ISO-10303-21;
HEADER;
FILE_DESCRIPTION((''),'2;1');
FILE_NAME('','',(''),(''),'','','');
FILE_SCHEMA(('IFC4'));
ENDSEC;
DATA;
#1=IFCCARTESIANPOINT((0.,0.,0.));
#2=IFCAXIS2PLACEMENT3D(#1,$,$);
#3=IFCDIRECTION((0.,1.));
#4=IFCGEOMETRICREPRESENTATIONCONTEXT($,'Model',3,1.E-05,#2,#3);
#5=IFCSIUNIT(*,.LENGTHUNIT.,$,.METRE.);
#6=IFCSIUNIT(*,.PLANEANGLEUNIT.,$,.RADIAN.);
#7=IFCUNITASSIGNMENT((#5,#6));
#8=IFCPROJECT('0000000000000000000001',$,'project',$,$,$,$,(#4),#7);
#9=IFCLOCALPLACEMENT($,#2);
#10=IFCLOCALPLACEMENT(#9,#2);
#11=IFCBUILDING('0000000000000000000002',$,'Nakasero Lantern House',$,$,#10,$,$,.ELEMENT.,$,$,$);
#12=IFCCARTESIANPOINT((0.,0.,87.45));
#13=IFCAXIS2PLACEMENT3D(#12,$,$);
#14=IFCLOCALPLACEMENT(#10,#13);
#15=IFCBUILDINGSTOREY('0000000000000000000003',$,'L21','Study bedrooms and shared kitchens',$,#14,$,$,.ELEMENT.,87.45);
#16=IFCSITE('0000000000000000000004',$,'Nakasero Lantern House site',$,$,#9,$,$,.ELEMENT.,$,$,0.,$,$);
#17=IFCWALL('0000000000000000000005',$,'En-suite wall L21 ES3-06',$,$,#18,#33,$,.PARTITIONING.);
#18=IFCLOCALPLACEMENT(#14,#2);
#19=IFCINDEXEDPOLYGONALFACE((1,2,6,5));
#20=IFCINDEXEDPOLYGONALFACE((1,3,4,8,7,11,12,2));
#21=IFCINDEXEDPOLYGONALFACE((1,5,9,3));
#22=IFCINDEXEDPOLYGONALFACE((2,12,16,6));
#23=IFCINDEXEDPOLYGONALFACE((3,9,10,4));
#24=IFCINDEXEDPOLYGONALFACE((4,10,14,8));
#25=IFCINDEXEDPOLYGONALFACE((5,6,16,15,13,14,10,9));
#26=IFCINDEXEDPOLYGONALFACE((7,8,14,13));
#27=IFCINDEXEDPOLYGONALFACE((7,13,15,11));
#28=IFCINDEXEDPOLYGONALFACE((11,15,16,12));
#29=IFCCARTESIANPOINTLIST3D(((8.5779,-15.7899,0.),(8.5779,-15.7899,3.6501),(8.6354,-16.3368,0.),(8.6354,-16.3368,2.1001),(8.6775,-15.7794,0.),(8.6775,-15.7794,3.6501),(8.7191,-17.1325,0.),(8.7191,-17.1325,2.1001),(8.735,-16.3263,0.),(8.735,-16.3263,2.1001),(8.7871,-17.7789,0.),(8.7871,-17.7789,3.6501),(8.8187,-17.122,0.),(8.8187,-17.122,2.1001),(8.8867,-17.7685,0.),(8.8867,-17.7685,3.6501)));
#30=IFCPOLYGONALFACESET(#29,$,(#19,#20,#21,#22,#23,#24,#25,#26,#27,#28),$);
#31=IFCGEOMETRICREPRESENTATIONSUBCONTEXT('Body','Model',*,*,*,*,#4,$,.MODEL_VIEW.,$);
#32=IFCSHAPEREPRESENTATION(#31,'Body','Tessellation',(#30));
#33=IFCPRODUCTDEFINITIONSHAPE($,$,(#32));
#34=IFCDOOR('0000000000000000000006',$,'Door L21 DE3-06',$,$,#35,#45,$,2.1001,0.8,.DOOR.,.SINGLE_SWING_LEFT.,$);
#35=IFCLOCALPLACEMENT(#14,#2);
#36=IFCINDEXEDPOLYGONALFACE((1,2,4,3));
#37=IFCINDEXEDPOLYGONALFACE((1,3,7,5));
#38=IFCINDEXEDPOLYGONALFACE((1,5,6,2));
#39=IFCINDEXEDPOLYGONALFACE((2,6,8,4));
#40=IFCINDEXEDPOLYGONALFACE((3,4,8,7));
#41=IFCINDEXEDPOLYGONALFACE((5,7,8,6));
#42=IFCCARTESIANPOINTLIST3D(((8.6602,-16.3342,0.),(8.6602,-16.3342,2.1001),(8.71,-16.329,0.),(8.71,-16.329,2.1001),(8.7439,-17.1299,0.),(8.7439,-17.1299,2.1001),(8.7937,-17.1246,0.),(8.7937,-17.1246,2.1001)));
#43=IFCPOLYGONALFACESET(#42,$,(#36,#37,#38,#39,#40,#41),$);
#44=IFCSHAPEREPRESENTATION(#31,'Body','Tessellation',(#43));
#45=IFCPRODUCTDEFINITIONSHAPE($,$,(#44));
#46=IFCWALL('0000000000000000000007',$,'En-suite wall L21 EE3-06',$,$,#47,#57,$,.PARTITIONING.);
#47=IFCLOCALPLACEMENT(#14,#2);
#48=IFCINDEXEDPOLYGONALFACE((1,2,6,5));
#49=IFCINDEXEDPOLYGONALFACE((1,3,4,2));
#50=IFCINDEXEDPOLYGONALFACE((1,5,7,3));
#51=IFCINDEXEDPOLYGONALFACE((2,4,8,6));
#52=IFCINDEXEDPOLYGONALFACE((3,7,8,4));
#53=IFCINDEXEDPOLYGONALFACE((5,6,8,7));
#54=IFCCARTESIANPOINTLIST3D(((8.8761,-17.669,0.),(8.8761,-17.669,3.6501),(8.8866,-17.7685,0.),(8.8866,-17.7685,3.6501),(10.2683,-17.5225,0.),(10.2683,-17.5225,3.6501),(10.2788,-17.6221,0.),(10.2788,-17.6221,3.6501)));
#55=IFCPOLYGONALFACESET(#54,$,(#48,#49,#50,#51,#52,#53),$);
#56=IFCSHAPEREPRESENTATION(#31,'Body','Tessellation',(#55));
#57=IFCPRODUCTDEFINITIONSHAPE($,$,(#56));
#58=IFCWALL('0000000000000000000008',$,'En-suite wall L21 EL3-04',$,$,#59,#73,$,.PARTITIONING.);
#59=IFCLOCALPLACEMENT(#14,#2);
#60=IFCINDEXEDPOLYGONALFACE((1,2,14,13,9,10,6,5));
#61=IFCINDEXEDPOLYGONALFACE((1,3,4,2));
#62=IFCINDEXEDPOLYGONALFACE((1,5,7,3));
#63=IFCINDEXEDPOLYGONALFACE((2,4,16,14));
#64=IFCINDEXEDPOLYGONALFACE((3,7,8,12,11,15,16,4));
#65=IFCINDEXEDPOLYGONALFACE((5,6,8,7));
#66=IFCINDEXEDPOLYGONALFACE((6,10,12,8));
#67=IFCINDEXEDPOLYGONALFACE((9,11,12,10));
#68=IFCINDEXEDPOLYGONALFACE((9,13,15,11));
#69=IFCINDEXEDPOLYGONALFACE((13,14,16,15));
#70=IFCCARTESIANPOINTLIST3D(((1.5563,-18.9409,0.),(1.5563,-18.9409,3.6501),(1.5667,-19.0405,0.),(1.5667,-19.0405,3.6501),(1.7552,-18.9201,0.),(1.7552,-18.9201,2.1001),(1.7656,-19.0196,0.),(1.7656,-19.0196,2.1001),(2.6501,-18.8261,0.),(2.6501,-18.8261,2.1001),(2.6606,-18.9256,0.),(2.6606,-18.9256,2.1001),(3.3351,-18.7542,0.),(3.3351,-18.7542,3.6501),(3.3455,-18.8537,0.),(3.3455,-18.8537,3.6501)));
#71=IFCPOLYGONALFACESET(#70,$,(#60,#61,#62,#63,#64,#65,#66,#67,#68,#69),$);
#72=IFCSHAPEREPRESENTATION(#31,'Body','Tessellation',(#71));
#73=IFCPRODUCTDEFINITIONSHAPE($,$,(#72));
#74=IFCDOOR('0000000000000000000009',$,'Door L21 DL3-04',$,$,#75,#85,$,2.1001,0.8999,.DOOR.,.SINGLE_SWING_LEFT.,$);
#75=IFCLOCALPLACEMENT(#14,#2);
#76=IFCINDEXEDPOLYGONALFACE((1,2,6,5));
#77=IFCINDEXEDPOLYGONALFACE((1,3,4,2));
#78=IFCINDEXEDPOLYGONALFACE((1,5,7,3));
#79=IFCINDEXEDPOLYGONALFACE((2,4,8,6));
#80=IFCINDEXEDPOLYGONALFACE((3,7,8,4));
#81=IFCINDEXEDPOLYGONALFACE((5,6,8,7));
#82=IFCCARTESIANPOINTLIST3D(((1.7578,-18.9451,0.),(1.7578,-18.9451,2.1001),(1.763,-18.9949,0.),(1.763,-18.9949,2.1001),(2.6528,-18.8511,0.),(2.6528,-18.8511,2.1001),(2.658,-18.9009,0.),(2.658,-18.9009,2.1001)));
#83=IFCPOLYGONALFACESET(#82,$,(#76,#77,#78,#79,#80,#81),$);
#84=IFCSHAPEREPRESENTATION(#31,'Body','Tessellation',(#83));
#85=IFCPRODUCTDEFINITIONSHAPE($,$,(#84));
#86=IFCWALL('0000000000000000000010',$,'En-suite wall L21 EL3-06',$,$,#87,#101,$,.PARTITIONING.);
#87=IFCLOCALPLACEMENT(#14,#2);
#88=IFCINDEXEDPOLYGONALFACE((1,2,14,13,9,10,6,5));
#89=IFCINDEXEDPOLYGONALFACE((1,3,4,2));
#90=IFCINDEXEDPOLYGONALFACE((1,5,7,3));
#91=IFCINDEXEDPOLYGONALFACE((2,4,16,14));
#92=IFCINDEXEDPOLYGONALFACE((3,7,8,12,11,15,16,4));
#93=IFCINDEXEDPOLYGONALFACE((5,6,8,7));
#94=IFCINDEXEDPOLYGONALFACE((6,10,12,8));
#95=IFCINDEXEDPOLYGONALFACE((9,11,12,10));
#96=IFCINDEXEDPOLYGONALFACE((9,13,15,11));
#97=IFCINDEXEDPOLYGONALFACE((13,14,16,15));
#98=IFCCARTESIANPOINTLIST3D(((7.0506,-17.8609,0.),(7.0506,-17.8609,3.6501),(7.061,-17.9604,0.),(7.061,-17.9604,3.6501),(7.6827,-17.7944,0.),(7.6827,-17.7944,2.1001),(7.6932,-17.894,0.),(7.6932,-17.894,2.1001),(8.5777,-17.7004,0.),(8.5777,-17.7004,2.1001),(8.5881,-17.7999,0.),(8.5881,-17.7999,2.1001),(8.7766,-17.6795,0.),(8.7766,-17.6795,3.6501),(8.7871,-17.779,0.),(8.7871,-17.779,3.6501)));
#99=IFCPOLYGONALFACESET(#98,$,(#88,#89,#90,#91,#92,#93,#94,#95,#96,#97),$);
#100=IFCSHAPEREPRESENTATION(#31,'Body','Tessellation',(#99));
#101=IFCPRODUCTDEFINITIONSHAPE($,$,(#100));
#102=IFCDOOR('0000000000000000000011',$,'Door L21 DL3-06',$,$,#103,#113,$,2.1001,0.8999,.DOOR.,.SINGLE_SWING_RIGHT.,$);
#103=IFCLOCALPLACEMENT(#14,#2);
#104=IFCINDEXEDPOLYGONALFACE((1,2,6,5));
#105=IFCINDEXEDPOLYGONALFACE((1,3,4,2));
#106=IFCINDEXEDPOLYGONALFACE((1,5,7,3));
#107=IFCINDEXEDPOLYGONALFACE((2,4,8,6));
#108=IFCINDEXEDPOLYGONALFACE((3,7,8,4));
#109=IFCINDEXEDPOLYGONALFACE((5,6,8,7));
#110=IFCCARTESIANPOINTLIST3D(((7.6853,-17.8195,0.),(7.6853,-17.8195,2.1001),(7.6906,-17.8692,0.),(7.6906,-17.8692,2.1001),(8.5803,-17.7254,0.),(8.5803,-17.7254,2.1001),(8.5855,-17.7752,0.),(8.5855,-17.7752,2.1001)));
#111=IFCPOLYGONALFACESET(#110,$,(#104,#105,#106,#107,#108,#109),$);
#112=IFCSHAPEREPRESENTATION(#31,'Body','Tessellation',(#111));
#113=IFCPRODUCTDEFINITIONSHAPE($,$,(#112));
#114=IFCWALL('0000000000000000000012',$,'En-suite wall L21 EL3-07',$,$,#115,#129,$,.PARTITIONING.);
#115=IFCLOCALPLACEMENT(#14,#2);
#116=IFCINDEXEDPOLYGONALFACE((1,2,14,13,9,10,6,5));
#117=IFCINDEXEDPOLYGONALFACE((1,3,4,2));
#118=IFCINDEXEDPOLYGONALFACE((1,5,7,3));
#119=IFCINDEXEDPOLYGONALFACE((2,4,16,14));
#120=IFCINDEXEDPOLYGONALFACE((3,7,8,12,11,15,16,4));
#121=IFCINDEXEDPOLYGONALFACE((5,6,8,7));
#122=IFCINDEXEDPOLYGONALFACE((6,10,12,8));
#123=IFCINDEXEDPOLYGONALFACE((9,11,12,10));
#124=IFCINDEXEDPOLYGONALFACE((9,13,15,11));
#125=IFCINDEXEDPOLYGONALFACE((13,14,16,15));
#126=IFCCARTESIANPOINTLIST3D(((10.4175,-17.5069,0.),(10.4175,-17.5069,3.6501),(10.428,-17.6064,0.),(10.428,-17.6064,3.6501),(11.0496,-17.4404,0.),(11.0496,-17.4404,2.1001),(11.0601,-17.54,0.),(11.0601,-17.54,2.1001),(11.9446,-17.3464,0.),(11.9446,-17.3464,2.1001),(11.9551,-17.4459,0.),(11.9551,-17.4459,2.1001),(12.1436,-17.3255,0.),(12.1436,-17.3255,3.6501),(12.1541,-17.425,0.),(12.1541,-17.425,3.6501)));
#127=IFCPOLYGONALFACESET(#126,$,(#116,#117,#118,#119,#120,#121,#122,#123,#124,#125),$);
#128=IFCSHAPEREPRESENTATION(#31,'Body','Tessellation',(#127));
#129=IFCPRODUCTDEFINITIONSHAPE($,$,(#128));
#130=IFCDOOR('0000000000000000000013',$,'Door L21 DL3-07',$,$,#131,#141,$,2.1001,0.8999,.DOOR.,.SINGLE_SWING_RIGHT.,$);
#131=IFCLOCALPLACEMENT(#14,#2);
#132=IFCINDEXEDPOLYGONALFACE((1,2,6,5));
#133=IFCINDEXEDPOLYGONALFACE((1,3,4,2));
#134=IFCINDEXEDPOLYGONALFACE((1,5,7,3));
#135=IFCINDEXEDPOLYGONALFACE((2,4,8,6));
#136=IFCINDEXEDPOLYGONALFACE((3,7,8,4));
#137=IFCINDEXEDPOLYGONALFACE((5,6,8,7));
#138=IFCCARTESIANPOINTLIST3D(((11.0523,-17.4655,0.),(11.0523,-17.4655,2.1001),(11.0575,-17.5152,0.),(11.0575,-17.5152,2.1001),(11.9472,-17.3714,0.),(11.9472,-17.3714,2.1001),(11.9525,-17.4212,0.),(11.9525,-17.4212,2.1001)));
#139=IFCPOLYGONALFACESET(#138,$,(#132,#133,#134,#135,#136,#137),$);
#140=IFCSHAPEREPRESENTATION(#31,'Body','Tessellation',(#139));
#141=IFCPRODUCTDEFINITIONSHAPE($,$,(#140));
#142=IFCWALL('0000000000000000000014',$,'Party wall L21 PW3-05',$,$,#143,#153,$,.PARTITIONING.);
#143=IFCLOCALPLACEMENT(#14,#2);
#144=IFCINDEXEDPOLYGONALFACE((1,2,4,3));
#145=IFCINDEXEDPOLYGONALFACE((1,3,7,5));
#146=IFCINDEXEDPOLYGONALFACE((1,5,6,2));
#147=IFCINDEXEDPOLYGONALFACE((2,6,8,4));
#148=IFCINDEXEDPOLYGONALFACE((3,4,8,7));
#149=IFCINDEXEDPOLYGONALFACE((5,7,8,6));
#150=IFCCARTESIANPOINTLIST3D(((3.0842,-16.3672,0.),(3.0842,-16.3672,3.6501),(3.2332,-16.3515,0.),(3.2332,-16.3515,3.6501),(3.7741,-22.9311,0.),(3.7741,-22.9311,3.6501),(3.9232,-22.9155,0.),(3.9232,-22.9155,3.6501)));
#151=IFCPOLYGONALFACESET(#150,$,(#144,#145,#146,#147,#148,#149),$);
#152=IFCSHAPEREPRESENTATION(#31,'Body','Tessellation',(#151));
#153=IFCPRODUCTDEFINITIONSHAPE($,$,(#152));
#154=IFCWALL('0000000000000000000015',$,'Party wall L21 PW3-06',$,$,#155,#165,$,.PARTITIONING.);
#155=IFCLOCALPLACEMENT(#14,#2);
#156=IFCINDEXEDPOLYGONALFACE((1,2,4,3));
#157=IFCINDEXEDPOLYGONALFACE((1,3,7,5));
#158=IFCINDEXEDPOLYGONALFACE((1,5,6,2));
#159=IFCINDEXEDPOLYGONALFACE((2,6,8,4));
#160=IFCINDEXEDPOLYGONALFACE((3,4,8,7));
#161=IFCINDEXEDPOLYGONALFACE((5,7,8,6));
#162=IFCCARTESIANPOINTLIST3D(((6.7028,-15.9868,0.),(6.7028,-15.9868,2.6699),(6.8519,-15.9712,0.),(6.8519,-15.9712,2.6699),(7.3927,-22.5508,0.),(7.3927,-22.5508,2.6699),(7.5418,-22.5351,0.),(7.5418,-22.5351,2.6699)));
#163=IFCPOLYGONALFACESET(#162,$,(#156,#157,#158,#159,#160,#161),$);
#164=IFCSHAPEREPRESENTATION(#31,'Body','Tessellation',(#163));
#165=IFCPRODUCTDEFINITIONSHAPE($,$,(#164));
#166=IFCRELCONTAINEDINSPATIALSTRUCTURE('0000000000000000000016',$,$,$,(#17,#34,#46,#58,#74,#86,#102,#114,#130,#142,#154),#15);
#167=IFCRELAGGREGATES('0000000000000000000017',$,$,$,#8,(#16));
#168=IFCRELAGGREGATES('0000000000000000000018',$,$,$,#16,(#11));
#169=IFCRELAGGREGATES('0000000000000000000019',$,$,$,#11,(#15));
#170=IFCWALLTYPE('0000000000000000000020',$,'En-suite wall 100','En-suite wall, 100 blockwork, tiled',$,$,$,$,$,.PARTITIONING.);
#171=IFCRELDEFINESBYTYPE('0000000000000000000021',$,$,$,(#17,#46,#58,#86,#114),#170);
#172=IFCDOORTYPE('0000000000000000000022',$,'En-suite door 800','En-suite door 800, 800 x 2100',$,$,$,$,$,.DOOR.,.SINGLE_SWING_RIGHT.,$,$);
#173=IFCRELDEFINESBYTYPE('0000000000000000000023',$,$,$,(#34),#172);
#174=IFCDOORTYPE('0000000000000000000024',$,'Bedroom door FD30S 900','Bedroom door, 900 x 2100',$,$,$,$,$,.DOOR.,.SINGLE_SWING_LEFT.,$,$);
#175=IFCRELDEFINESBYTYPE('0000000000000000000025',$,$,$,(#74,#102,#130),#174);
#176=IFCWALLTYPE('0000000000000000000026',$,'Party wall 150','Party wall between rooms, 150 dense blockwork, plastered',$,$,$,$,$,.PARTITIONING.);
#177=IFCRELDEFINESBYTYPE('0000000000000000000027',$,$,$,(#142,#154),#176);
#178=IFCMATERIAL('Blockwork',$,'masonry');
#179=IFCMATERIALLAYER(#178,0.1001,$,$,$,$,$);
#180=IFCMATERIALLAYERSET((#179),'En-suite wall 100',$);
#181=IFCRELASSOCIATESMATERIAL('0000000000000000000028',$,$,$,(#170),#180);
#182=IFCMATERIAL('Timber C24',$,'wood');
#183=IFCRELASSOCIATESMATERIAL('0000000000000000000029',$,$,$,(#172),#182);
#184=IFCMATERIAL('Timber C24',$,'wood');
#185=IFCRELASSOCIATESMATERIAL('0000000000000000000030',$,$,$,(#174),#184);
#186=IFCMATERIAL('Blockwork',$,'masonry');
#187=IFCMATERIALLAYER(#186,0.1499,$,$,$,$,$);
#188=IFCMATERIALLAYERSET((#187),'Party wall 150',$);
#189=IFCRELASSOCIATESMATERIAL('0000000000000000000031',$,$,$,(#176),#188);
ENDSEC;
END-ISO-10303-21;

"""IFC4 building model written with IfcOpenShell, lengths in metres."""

from ifc_helpers import new_model, si_unit, direction, frame, frame_2d, origin, place, context, subcontext, project, spatial, rectangle, extrude, material, layer, layer_set, type_object, element, fill, save


model = new_model("IFC4")

# Units and contexts
model_context = context("Model", 3, precision=1e-05, world=origin(), true_north=direction((0.0, 1.0)))
body_context = subcontext(model_context, "Body", "Model", "MODEL_VIEW")
ifc_project = project(units=[si_unit("LENGTHUNIT", "METRE"), si_unit("PLANEANGLEUNIT", "RADIAN")], contexts=[model_context])

# Site, building, storey
site_placement = place(None, origin())
site = spatial("IfcSite", under=ifc_project, at=site_placement, Name="Nakasero Lantern House site", CompositionType="ELEMENT", RefElevation=0.0)
building_placement = place(site_placement, origin())
building = spatial("IfcBuilding", under=site, at=building_placement, Name="Nakasero Lantern House", CompositionType="ELEMENT")
storey_placement = place(building_placement, frame((0.0, 0.0, 87.45)))
storey = spatial("IfcBuildingStorey", under=building, at=storey_placement, Name="L21", Description="Study bedrooms and shared kitchens", CompositionType="ELEMENT", Elevation=87.45)

# Shared definitions
ifc_material_1 = material(Name="Blockwork", Category="masonry")
ifc_layer_1 = layer(ifc_material_1, 0.1001)
ifc_layer_set_1 = layer_set([ifc_layer_1], Name="En-suite wall 100")
wall_type_1 = type_object("IfcWallType", Name="En-suite wall 100", Description="En-suite wall, 100 blockwork, tiled", PredefinedType="PARTITIONING", material=ifc_layer_set_1)
ifc_material_2 = material(Name="Timber C24", Category="wood")
door_type_1 = type_object("IfcDoorType", Name="En-suite door 800", Description="En-suite door 800, 800 x 2100", OperationType="SINGLE_SWING_RIGHT", PredefinedType="DOOR", material=ifc_material_2)

# Wall, opening, door
wall_1_placement = place(storey_placement, frame((8.6277, -15.7847, 0.0), z_axis=(0.0, 0.0, 1.0), x_axis=(0.104615, -0.994513, 0.0)))
wall_1 = element("IfcWall", 1, at=wall_1_placement, inside=storey, type_object=wall_type_1, Name="En-suite wall L21 ES3-06", PredefinedType="PARTITIONING", context=body_context, shape_type="SweptSolid", body=[
    extrude(rectangle(XDim=2.0, YDim=0.1001, at=frame_2d((1.0, 0.0))), origin(), (0.0, 0.0, 1.0), 3.6501),
])
opening_1_placement = place(wall_1_placement, frame((0.55, 0.0, 0.0)))
opening_1 = element("IfcOpeningElement", 2, at=opening_1_placement, cuts=wall_1, PredefinedType="OPENING", context=body_context, shape_type="SweptSolid", body=[
    extrude(rectangle(XDim=0.8, YDim=2.1001, at=frame_2d((0.3999, 1.05))), frame((0.0, 0.0701, 0.0), z_axis=(0.0, -1.0, 0.0), x_axis=(1.0, 0.0, 0.0)), (0.0, 0.0, 1.0), 0.1401),
])
door_1_placement = place(opening_1_placement, origin())
door_1 = element("IfcDoor", 3, at=door_1_placement, inside=storey, type_object=door_type_1, Name="Door L21 DE3-06", OperationType="SINGLE_SWING_LEFT", OverallHeight=2.1001, OverallWidth=0.8, PredefinedType="DOOR", context=body_context, shape_type="SweptSolid", body=[
    extrude(rectangle(XDim=0.8, YDim=2.1001, at=frame_2d((0.3999, 1.05))), frame((0.0, 0.0249, 0.0), z_axis=(0.0, -1.0, 0.0), x_axis=(1.0, 0.0, 0.0)), (0.0, 0.0, 1.0), 0.05),
])
fill(opening_1, door_1)

# Wall
wall_2_placement = place(storey_placement, frame((8.8813, -17.7188, 0.0), z_axis=(0.0, 0.0, 1.0), x_axis=(0.994511, 0.10463, 0.0)))
element("IfcWall", 4, at=wall_2_placement, inside=storey, type_object=wall_type_1, Name="En-suite wall L21 EE3-06", PredefinedType="PARTITIONING", context=body_context, shape_type="SweptSolid", body=[
    extrude(rectangle(XDim=1.3999, YDim=0.1001, at=frame_2d((0.7, 0.0))), origin(), (0.0, 0.0, 1.0), 3.6501),
])

# Walls, openings, doors
wall_3_placement = place(storey_placement, frame((1.5615, -18.9907, 0.0), z_axis=(0.0, 0.0, 1.0), x_axis=(0.994533, 0.104422, 0.0)))
wall_3 = element("IfcWall", 5, at=wall_3_placement, inside=storey, type_object=wall_type_1, Name="En-suite wall L21 EL3-04", PredefinedType="PARTITIONING", context=body_context, shape_type="SweptSolid", body=[
    extrude(rectangle(XDim=1.7886, YDim=0.1001, at=frame_2d((0.8943, 0.0))), origin(), (0.0, 0.0, 1.0), 3.6501),
])
opening_2_placement = place(wall_3_placement, frame((0.2, 0.0, 0.0)))
opening_2 = element("IfcOpeningElement", 6, at=opening_2_placement, cuts=wall_3, PredefinedType="OPENING", context=body_context, shape_type="SweptSolid", body=[
    extrude(rectangle(XDim=0.8999, YDim=2.1001, at=frame_2d((0.45, 1.05))), frame((0.0, 0.0701, 0.0), z_axis=(0.0, -1.0, 0.0), x_axis=(1.0, 0.0, 0.0)), (0.0, 0.0, 1.0), 0.1401),
])
ifc_material_3 = material(Name="Timber C24", Category="wood")
door_type_2 = type_object("IfcDoorType", Name="Bedroom door FD30S 900", Description="Bedroom door, 900 x 2100", OperationType="SINGLE_SWING_LEFT", PredefinedType="DOOR", material=ifc_material_3)
door_2_placement = place(opening_2_placement, origin())
door_2 = element("IfcDoor", 7, at=door_2_placement, inside=storey, type_object=door_type_2, Name="Door L21 DL3-04", OperationType="SINGLE_SWING_LEFT", OverallHeight=2.1001, OverallWidth=0.8999, PredefinedType="DOOR", context=body_context, shape_type="SweptSolid", body=[
    extrude(rectangle(XDim=0.8999, YDim=2.1001, at=frame_2d((0.45, 1.05))), frame((0.0, 0.0249, 0.0), z_axis=(0.0, -1.0, 0.0), x_axis=(1.0, 0.0, 0.0)), (0.0, 0.0, 1.0), 0.05),
])
fill(opening_2, door_2)
wall_4_placement = place(storey_placement, frame((7.0559, -17.9106, 0.0), z_axis=(0.0, 0.0, 1.0), x_axis=(0.994523, 0.104516, 0.0)))
wall_4 = element("IfcWall", 8, at=wall_4_placement, inside=storey, type_object=wall_type_1, Name="En-suite wall L21 EL3-06", PredefinedType="PARTITIONING", context=body_context, shape_type="SweptSolid", body=[
    extrude(rectangle(XDim=1.7356, YDim=0.1001, at=frame_2d((0.8677, 0.0))), origin(), (0.0, 0.0, 1.0), 3.6501),
])
opening_3_placement = place(wall_4_placement, frame((0.6355, 0.0, 0.0)))
opening_3 = element("IfcOpeningElement", 9, at=opening_3_placement, cuts=wall_4, PredefinedType="OPENING", context=body_context, shape_type="SweptSolid", body=[
    extrude(rectangle(XDim=0.8999, YDim=2.1001, at=frame_2d((0.45, 1.05))), frame((0.0, 0.0701, 0.0), z_axis=(0.0, -1.0, 0.0), x_axis=(1.0, 0.0, 0.0)), (0.0, 0.0, 1.0), 0.1401),
])
door_3_placement = place(opening_3_placement, origin())
door_3 = element("IfcDoor", 10, at=door_3_placement, inside=storey, type_object=door_type_2, Name="Door L21 DL3-06", OperationType="SINGLE_SWING_RIGHT", OverallHeight=2.1001, OverallWidth=0.8999, PredefinedType="DOOR", context=body_context, shape_type="SweptSolid", body=[
    extrude(rectangle(XDim=0.8999, YDim=2.1001, at=frame_2d((0.45, 1.05))), frame((0.0, 0.0249, 0.0), z_axis=(0.0, -1.0, 0.0), x_axis=(1.0, 0.0, 0.0)), (0.0, 0.0, 1.0), 0.05),
])
fill(opening_3, door_3)
wall_5_placement = place(storey_placement, frame((10.4229, -17.5566, 0.0), z_axis=(0.0, 0.0, 1.0), x_axis=(0.994523, 0.104516, 0.0)))
wall_5 = element("IfcWall", 11, at=wall_5_placement, inside=storey, type_object=wall_type_1, Name="En-suite wall L21 EL3-07", PredefinedType="PARTITIONING", context=body_context, shape_type="SweptSolid", body=[
    extrude(rectangle(XDim=1.7356, YDim=0.1001, at=frame_2d((0.8677, 0.0))), origin(), (0.0, 0.0, 1.0), 3.6501),
])
opening_4_placement = place(wall_5_placement, frame((0.6355, 0.0, 0.0)))
opening_4 = element("IfcOpeningElement", 12, at=opening_4_placement, cuts=wall_5, PredefinedType="OPENING", context=body_context, shape_type="SweptSolid", body=[
    extrude(rectangle(XDim=0.8999, YDim=2.1001, at=frame_2d((0.45, 1.05))), frame((0.0, 0.0701, 0.0), z_axis=(0.0, -1.0, 0.0), x_axis=(1.0, 0.0, 0.0)), (0.0, 0.0, 1.0), 0.1401),
])
door_4_placement = place(opening_4_placement, origin())
door_4 = element("IfcDoor", 13, at=door_4_placement, inside=storey, type_object=door_type_2, Name="Door L21 DL3-07", OperationType="SINGLE_SWING_RIGHT", OverallHeight=2.1001, OverallWidth=0.8999, PredefinedType="DOOR", context=body_context, shape_type="SweptSolid", body=[
    extrude(rectangle(XDim=0.8999, YDim=2.1001, at=frame_2d((0.45, 1.05))), frame((0.0, 0.0249, 0.0), z_axis=(0.0, -1.0, 0.0), x_axis=(1.0, 0.0, 0.0)), (0.0, 0.0, 1.0), 0.05),
])
fill(opening_4, door_4)

# Walls
ifc_material_4 = material(Name="Blockwork", Category="masonry")
ifc_layer_2 = layer(ifc_material_4, 0.1499)
ifc_layer_set_2 = layer_set([ifc_layer_2], Name="Party wall 150")
wall_type_2 = type_object("IfcWallType", Name="Party wall 150", Description="Party wall between rooms, 150 dense blockwork, plastered", PredefinedType="PARTITIONING", material=ifc_layer_set_2)
wall_6_placement = place(storey_placement, frame((3.1587, -16.3594, 0.0), z_axis=(0.0, 0.0, 1.0), x_axis=(0.104535, -0.994521, 0.0)))
element("IfcWall", 14, at=wall_6_placement, inside=storey, type_object=wall_type_2, Name="Party wall L21 PW3-05", PredefinedType="PARTITIONING", context=body_context, shape_type="SweptSolid", body=[
    extrude(rectangle(XDim=6.6001, YDim=0.1499, at=frame_2d((3.3, 0.0))), origin(), (0.0, 0.0, 1.0), 3.6501),
])
wall_7_placement = place(storey_placement, frame((6.7773, -15.979, 0.0), z_axis=(0.0, 0.0, 1.0), x_axis=(0.104535, -0.994521, 0.0)))
element("IfcWall", 15, at=wall_7_placement, inside=storey, type_object=wall_type_2, Name="Party wall L21 PW3-06", PredefinedType="PARTITIONING", context=body_context, shape_type="SweptSolid", body=[
    extrude(rectangle(XDim=6.6001, YDim=0.1499, at=frame_2d((3.3, 0.0))), origin(), (0.0, 0.0, 1.0), 2.6699),
])

save(model, "model.ifc")
